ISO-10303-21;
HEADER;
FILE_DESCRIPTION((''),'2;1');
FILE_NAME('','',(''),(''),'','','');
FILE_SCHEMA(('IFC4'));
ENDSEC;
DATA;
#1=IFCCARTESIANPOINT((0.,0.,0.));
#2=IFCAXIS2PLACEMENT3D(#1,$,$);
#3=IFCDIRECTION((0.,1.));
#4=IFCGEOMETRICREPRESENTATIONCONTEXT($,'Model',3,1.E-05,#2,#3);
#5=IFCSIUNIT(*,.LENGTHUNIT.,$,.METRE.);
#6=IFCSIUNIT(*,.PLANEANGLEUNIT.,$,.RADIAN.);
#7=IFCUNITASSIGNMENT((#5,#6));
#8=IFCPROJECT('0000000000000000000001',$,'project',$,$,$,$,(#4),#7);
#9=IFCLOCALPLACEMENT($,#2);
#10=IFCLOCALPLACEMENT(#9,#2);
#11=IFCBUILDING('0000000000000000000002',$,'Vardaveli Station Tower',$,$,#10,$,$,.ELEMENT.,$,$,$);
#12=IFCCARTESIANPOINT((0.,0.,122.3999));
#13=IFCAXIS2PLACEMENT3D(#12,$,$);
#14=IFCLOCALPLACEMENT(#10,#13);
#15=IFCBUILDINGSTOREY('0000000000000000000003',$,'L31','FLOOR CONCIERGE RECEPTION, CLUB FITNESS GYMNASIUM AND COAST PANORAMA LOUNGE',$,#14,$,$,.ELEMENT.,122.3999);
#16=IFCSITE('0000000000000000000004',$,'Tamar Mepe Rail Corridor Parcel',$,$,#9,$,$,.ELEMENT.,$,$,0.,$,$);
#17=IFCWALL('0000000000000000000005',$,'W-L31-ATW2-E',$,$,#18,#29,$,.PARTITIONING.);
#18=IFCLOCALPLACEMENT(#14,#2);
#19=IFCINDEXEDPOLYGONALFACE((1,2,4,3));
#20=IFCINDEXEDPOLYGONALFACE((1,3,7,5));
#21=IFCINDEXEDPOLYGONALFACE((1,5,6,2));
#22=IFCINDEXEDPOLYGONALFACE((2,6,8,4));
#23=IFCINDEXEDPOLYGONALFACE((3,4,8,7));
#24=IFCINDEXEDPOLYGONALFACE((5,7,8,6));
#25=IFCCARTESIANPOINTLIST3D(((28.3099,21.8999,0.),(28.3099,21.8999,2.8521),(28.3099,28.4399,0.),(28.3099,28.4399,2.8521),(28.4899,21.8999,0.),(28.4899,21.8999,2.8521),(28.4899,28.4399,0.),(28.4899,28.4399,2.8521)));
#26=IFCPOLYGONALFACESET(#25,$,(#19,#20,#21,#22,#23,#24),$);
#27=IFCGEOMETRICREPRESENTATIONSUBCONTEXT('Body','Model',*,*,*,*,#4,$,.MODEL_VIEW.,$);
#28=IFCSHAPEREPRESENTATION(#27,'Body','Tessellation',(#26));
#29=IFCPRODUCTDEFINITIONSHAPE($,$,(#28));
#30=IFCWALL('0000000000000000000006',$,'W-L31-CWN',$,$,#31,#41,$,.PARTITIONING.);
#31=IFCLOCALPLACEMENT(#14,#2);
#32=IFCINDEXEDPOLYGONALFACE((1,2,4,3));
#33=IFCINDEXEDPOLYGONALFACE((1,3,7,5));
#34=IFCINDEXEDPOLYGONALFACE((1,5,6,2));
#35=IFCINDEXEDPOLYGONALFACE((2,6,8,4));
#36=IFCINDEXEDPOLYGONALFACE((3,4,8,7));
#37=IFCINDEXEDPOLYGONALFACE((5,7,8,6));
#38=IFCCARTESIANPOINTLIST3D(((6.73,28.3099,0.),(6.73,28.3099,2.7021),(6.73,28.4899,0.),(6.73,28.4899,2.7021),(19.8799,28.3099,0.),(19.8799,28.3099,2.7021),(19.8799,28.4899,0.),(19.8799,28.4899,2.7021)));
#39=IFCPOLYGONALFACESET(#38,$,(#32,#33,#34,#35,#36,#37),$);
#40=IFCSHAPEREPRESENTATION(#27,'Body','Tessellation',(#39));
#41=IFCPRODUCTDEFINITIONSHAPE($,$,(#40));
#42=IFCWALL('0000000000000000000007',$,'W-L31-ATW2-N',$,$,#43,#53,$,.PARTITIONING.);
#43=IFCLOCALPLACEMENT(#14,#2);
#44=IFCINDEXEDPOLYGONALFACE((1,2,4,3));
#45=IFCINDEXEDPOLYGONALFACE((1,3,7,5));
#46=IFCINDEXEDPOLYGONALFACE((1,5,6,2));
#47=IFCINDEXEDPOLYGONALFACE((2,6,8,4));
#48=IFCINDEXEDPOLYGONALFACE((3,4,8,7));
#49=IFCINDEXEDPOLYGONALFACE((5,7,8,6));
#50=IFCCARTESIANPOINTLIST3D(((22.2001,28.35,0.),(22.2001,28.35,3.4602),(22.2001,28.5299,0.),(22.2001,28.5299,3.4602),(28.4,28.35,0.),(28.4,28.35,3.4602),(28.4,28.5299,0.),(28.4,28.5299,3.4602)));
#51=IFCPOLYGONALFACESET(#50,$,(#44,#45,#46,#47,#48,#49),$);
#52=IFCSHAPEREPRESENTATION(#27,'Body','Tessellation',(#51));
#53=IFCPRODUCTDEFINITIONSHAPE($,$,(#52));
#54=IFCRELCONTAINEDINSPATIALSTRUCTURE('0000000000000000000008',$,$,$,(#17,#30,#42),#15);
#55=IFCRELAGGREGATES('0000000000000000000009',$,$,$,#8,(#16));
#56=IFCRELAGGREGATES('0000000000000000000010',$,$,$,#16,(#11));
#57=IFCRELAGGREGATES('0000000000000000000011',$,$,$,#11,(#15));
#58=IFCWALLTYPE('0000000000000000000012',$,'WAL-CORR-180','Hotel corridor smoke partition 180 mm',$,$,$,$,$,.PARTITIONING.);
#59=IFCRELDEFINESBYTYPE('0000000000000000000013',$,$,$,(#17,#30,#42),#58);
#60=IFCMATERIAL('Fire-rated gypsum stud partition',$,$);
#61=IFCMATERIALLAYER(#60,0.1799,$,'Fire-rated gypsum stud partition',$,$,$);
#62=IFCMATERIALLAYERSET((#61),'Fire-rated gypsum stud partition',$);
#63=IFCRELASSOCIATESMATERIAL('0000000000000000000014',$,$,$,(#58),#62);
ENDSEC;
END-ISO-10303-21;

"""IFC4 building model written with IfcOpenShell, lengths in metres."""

from ifc_helpers import new_model, si_unit, direction, frame, frame_2d, origin, place, context, subcontext, project, spatial, rectangle, extrude, source, transform, mapped, material, layer, layer_set, type_object, element, save


model = new_model("IFC4")

# Units and contexts
model_context = context("Model", 3, precision=1e-05, world=origin(), true_north=direction((0.0, 1.0)))
body_context = subcontext(model_context, "Body", "Model", "MODEL_VIEW")
ifc_project = project(units=[si_unit("LENGTHUNIT", "METRE"), si_unit("PLANEANGLEUNIT", "RADIAN")], contexts=[model_context])

# Site, building, storey
site_placement = place(None, origin())
site = spatial("IfcSite", under=ifc_project, at=site_placement, Name="Tamar Mepe Rail Corridor Parcel", CompositionType="ELEMENT", RefElevation=0.0)
building_placement = place(site_placement, origin())
building = spatial("IfcBuilding", under=site, at=building_placement, Name="Vardaveli Station Tower", CompositionType="ELEMENT")
storey_placement = place(building_placement, frame((0.0, 0.0, 122.3999)))
storey = spatial("IfcBuildingStorey", under=building, at=storey_placement, Name="L31", Description="FLOOR CONCIERGE RECEPTION, CLUB FITNESS GYMNASIUM AND COAST PANORAMA LOUNGE", CompositionType="ELEMENT", Elevation=122.3999)

# Walls
ifc_material_1 = material(Name="Fire-rated gypsum stud partition")
ifc_layer_1 = layer(ifc_material_1, 0.1799, Name="Fire-rated gypsum stud partition")
ifc_layer_set_1 = layer_set([ifc_layer_1], Name="Fire-rated gypsum stud partition")
wall_type_1 = type_object("IfcWallType", Name="WAL-CORR-180", Description="Hotel corridor smoke partition 180 mm", PredefinedType="PARTITIONING", material=ifc_layer_set_1)
shared_shape_1 = source(origin(), body_context, "Body", "SweptSolid", [
    extrude(rectangle(XDim=6.54, YDim=0.1799, at=frame_2d((3.27, 0.0))), origin(), (0.0, 0.0, 1.0), 2.8521),
])
wall_1_placement = place(storey_placement, frame((28.3999, 21.8999, 0.0), z_axis=(0.0, 0.0, 1.0), x_axis=(0.0, 1.0, 0.0)))
element("IfcWall", 1, at=wall_1_placement, inside=storey, type_object=wall_type_1, Name="W-L31-ATW2-E", PredefinedType="PARTITIONING", context=body_context, shape_type="MappedRepresentation", body=[
    mapped(shared_shape_1, transform((0.0, 0.0, 0.0), scale=1.0)),
])
shared_shape_2 = source(origin(), body_context, "Body", "SweptSolid", [
    extrude(rectangle(XDim=13.1499, YDim=0.1799, at=frame_2d((6.575, 0.0))), origin(), (0.0, 0.0, 1.0), 2.7021),
])
wall_2_placement = place(storey_placement, frame((6.73, 28.3999, 0.0), z_axis=(0.0, 0.0, 1.0), x_axis=(1.0, 0.0, 0.0)))
element("IfcWall", 2, at=wall_2_placement, inside=storey, type_object=wall_type_1, Name="W-L31-CWN", PredefinedType="PARTITIONING", context=body_context, shape_type="MappedRepresentation", body=[
    mapped(shared_shape_2, transform((0.0, 0.0, 0.0), scale=1.0)),
])
shared_shape_3 = source(origin(), body_context, "Body", "SweptSolid", [
    extrude(rectangle(XDim=6.2, YDim=0.1799, at=frame_2d((3.1001, 0.0))), origin(), (0.0, 0.0, 1.0), 3.4602),
])
wall_3_placement = place(storey_placement, frame((22.2, 28.4399, 0.0), z_axis=(0.0, 0.0, 1.0), x_axis=(1.0, 0.0, 0.0)))
element("IfcWall", 3, at=wall_3_placement, inside=storey, type_object=wall_type_1, Name="W-L31-ATW2-N", PredefinedType="PARTITIONING", context=body_context, shape_type="MappedRepresentation", body=[
    mapped(shared_shape_3, transform((0.0, 0.0, 0.0), scale=1.0)),
])

save(model, "model.ifc")
